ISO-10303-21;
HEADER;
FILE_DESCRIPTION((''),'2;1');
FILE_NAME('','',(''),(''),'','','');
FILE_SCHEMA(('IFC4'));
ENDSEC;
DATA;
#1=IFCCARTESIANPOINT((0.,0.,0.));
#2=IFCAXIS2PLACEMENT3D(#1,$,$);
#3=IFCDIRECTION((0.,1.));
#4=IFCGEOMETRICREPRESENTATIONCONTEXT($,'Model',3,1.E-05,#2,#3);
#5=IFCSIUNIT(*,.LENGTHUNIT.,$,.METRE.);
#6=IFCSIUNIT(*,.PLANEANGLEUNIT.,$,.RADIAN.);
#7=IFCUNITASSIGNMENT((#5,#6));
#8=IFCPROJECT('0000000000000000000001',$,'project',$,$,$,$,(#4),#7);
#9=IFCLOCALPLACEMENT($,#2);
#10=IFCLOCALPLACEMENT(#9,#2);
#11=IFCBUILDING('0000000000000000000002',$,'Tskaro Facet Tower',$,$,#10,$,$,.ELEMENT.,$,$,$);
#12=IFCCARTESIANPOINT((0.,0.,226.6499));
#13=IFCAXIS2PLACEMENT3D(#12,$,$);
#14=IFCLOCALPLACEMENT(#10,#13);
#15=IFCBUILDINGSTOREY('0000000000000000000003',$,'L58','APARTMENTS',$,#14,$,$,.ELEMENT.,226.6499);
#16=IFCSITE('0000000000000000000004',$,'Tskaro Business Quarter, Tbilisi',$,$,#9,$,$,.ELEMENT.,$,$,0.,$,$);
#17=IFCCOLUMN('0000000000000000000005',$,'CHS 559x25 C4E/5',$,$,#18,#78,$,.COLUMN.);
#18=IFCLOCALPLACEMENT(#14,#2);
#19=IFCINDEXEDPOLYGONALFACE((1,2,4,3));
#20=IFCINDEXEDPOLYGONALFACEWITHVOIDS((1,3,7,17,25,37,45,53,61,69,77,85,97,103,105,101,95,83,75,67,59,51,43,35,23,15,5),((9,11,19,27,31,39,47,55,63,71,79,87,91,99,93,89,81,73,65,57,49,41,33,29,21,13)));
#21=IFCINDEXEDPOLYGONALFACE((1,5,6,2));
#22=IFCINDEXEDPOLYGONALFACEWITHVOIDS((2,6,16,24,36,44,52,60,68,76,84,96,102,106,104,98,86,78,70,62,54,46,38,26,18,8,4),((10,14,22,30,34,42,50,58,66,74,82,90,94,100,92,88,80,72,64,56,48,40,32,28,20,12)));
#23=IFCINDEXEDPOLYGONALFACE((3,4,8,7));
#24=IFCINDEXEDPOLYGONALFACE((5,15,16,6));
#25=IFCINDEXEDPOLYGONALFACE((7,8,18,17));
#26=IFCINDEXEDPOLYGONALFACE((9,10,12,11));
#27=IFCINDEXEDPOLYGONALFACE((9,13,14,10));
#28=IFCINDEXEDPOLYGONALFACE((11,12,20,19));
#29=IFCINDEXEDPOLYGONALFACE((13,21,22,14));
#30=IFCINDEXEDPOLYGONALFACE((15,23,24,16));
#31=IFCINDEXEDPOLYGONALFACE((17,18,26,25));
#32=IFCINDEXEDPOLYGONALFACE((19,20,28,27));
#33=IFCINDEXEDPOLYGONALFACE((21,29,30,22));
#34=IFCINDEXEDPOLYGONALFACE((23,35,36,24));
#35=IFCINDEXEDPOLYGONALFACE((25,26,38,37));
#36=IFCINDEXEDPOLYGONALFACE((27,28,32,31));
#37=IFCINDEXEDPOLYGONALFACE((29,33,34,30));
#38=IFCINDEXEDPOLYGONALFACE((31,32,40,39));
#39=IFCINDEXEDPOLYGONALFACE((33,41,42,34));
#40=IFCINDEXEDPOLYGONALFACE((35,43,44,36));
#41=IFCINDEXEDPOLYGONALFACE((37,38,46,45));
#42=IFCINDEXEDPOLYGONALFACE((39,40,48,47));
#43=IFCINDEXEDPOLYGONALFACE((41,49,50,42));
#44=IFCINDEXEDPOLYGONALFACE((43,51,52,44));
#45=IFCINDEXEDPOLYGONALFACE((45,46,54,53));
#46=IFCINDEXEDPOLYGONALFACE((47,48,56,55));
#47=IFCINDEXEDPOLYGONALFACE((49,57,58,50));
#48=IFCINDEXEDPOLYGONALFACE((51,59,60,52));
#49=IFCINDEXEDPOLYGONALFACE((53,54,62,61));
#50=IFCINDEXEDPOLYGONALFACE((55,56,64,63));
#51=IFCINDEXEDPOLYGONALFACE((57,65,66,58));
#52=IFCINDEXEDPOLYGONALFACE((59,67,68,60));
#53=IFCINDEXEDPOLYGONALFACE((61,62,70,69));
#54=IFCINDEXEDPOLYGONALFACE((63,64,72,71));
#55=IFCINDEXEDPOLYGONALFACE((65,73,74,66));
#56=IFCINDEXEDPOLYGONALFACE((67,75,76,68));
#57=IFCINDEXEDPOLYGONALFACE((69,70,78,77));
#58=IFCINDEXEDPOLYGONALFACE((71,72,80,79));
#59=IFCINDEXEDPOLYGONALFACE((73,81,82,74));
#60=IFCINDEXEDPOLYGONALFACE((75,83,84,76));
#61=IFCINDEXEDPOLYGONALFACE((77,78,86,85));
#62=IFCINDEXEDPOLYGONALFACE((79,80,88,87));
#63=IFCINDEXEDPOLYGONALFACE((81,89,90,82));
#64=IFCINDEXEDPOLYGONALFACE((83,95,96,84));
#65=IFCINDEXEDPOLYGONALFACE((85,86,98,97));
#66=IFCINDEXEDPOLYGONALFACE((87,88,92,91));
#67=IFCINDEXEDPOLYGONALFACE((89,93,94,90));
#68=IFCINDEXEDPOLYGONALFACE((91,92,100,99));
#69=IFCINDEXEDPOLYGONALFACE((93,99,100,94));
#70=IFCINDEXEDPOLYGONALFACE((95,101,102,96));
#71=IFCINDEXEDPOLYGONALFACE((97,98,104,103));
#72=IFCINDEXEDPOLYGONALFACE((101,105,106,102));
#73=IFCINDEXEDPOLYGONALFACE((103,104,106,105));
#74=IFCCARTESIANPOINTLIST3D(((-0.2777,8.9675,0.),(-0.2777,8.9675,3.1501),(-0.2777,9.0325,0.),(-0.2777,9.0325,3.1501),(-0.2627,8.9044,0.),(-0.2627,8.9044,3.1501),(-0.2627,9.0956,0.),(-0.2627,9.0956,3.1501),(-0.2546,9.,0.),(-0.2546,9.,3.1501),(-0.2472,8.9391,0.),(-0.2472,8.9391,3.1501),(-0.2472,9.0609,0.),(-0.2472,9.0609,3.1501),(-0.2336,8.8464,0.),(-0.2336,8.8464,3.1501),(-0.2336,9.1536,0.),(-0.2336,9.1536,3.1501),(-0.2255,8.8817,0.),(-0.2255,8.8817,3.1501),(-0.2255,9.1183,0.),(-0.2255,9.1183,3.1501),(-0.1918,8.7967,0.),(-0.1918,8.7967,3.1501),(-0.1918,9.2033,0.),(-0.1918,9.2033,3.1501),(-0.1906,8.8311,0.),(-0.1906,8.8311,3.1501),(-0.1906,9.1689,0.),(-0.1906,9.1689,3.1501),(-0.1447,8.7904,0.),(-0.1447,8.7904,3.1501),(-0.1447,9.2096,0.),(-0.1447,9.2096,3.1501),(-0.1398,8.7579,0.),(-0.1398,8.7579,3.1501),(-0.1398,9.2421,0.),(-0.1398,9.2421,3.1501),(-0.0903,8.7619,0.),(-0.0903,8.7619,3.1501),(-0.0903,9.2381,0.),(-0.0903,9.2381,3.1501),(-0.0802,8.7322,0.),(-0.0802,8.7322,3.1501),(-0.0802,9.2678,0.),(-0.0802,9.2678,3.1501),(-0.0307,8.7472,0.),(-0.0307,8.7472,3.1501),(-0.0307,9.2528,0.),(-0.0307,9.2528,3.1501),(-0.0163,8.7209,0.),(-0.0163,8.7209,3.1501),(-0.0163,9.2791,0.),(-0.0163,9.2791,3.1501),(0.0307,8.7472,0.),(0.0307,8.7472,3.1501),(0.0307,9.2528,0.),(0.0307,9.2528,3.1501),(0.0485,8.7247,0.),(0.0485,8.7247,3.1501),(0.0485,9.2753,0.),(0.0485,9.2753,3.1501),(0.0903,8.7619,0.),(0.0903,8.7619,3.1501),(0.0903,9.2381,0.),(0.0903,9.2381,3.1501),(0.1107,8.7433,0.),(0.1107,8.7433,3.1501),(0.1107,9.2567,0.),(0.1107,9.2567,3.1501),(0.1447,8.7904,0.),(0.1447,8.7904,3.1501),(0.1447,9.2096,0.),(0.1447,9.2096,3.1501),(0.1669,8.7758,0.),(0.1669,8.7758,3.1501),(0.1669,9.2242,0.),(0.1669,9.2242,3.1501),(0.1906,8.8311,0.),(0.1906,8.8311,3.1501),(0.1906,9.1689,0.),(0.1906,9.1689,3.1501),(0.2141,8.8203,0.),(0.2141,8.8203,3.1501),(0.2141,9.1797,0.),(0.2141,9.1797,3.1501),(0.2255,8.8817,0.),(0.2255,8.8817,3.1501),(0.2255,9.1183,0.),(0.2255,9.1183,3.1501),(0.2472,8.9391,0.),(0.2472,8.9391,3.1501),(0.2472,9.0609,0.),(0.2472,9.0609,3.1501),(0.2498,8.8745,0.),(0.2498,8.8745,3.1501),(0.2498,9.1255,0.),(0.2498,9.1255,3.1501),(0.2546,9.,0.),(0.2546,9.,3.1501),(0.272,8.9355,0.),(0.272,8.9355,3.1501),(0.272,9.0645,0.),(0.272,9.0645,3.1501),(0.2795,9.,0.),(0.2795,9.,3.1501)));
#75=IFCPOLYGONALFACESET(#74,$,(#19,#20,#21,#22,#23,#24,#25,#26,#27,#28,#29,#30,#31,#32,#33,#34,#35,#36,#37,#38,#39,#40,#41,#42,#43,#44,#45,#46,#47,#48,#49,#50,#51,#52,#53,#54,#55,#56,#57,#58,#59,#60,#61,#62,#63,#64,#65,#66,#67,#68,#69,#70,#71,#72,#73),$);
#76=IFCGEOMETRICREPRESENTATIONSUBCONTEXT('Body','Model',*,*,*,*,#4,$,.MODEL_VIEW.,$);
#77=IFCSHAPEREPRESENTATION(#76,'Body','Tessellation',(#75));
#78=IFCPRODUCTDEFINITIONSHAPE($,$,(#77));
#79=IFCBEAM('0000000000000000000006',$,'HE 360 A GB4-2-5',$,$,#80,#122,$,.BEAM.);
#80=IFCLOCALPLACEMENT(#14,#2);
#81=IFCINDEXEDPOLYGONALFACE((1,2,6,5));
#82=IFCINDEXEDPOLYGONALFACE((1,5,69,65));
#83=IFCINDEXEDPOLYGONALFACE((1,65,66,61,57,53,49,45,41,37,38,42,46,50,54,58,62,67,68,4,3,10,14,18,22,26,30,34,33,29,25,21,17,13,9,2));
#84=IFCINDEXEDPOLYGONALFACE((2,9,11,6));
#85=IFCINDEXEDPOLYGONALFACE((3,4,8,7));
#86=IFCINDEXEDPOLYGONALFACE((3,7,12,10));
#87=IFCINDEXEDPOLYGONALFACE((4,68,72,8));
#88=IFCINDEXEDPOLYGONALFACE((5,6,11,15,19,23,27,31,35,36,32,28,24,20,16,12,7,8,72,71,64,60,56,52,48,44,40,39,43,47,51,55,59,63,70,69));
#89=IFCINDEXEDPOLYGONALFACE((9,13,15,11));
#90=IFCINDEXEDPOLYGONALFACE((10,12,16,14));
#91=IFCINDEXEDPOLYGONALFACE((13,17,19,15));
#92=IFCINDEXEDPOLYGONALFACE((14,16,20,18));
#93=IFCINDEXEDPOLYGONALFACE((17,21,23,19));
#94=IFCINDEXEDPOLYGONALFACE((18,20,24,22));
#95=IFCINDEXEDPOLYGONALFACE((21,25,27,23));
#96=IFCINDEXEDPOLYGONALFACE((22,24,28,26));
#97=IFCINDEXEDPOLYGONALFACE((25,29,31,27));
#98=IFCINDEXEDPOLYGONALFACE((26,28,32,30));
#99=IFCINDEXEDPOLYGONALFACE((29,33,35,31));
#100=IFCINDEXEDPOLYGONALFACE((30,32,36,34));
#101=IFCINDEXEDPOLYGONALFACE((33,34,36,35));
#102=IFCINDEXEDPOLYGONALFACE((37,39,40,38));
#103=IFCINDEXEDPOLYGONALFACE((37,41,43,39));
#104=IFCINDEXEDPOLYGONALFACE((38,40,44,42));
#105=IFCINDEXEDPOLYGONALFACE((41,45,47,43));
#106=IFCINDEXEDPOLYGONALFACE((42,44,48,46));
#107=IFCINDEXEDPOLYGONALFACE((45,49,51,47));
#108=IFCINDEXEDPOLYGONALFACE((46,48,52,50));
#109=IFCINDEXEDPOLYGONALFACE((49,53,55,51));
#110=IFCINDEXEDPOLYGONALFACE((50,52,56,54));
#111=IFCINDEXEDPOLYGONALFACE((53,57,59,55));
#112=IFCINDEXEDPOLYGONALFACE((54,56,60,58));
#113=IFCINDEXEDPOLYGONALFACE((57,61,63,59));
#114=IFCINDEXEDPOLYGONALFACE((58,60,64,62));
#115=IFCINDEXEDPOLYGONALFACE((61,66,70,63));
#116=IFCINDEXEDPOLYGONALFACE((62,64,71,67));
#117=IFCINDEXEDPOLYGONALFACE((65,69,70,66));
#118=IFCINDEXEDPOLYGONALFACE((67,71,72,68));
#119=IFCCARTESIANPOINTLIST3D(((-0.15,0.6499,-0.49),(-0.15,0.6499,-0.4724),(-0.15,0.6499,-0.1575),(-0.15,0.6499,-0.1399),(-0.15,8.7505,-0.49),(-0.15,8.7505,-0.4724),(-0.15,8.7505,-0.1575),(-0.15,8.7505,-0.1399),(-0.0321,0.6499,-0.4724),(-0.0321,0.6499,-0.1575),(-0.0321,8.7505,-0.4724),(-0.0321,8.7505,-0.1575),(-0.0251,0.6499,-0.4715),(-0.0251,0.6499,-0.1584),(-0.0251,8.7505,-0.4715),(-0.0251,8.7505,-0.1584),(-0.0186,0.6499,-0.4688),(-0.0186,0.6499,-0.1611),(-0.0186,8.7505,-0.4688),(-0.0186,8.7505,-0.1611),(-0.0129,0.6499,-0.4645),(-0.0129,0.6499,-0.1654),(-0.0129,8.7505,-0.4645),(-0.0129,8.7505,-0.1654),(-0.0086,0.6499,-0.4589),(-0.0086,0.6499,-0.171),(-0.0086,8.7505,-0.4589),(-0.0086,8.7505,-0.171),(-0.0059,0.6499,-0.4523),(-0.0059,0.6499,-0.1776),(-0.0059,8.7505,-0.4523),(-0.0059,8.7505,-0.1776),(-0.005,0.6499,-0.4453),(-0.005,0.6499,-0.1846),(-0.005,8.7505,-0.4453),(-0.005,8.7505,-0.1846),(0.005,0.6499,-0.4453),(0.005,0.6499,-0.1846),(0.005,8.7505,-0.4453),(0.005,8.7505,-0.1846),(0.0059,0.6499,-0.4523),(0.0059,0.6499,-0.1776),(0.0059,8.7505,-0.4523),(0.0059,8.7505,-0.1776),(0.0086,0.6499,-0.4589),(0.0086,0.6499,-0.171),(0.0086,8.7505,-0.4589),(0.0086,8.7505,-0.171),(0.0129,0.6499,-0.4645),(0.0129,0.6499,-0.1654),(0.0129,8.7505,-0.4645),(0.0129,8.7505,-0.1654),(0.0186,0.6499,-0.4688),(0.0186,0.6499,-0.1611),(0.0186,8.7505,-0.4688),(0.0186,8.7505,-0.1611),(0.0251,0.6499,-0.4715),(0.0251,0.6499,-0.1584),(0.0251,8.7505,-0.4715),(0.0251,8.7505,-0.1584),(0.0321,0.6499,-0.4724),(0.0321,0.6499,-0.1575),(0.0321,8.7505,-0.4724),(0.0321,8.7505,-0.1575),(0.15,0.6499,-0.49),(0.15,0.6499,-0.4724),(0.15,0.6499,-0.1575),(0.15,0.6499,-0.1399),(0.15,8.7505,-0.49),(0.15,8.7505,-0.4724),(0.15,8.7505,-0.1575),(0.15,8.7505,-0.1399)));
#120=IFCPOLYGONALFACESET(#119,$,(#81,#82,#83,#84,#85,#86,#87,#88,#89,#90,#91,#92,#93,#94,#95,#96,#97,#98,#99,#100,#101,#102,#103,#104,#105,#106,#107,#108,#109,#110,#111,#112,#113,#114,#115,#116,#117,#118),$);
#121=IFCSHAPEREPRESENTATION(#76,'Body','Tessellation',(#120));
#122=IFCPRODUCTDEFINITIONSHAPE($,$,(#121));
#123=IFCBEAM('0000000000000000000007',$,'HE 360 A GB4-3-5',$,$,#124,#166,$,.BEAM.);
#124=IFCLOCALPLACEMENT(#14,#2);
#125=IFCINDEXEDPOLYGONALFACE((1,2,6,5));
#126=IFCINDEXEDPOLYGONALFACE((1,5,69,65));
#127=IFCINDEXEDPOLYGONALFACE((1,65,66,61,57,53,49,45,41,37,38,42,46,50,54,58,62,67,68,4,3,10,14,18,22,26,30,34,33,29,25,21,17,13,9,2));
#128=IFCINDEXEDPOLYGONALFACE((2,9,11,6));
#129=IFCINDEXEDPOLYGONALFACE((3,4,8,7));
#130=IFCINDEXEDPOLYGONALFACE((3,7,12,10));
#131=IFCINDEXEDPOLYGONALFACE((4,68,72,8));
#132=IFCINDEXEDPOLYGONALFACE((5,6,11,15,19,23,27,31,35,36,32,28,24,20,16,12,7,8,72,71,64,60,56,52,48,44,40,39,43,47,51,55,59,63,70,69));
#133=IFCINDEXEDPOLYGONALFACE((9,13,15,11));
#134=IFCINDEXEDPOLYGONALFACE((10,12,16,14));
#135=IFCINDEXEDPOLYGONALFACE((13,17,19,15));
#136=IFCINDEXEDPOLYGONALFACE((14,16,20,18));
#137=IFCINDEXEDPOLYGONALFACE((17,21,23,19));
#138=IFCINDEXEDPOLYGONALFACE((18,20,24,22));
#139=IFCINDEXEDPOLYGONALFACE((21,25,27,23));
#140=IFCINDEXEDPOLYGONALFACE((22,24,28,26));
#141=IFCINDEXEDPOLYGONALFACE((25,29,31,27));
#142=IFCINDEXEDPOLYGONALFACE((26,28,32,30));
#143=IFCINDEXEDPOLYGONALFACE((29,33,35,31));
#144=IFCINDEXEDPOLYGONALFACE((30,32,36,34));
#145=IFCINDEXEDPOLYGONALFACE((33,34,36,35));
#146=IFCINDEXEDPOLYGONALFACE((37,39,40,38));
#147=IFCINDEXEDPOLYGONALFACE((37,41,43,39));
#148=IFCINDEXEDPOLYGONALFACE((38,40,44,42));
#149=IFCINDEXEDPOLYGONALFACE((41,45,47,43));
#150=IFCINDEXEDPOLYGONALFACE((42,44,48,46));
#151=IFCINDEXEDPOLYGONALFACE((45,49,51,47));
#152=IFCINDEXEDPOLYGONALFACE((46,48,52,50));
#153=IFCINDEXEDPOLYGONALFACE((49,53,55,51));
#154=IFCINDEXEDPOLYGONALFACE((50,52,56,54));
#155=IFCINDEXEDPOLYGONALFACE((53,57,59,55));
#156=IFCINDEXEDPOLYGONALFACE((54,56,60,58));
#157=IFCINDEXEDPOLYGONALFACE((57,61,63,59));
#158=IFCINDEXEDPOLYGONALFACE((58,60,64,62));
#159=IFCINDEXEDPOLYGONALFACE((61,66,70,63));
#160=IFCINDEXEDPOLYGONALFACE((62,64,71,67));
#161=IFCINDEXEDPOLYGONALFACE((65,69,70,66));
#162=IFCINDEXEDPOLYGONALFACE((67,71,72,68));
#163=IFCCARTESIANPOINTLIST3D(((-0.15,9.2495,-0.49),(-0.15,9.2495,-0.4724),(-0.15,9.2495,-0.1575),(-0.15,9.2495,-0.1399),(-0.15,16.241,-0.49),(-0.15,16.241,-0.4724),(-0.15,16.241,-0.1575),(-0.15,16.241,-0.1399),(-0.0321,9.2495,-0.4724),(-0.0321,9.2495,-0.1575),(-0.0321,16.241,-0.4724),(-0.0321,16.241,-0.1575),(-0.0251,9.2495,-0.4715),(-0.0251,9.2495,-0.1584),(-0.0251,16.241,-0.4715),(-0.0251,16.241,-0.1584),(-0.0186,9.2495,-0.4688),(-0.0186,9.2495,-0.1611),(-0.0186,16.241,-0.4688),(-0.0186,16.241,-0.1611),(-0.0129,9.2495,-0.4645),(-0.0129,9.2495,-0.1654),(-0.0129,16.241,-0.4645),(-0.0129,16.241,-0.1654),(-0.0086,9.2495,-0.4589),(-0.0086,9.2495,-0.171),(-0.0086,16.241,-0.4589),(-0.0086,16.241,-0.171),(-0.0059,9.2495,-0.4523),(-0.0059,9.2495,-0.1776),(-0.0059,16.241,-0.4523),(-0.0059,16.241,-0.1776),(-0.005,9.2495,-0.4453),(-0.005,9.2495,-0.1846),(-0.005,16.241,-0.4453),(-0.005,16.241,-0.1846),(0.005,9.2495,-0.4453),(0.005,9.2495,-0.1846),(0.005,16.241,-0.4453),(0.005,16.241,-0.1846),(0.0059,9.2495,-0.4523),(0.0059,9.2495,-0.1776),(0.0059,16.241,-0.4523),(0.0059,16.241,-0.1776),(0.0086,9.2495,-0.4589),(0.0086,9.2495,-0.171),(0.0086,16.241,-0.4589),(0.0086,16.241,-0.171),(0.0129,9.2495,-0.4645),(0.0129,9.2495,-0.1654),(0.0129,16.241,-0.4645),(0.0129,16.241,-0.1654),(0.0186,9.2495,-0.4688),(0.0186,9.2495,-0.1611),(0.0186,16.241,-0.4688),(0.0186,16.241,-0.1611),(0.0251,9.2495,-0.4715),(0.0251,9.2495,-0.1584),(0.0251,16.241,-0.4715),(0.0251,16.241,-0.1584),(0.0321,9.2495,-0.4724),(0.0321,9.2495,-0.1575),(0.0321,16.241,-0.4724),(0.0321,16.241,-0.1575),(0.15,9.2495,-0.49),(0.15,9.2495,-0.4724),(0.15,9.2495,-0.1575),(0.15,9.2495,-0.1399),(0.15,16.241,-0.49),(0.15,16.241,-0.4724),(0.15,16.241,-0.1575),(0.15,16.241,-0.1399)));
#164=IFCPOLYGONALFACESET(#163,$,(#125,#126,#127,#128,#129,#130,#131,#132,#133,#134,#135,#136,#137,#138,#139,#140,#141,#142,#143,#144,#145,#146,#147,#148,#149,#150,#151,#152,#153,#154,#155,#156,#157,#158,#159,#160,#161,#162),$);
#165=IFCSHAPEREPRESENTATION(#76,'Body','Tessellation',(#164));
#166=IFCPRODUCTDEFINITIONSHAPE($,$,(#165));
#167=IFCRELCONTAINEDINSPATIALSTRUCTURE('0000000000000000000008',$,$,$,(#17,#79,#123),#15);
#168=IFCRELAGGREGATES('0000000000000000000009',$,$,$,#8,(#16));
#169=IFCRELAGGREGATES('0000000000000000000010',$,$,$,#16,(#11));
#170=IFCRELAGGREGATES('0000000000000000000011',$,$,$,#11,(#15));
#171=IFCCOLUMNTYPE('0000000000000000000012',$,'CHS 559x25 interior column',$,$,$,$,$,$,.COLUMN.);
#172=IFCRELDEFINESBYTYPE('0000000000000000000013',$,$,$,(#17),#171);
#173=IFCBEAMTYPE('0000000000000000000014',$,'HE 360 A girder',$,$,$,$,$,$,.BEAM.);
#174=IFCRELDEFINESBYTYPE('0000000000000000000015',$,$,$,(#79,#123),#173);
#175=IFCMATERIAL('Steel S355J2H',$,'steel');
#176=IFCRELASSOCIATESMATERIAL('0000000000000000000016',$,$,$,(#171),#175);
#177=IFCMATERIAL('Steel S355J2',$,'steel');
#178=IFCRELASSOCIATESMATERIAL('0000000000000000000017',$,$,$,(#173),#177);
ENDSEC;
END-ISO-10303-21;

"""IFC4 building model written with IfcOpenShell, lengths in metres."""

from ifc_helpers import new_model, si_unit, direction, frame, origin, origin_2d, place, context, subcontext, project, spatial, hollow_circle, i_section, extrude, material, material_profile, profile_set, type_object, element, save


model = new_model("IFC4")

# Units and contexts
model_context = context("Model", 3, precision=1e-05, world=origin(), true_north=direction((0.0, 1.0)))
body_context = subcontext(model_context, "Body", "Model", "MODEL_VIEW")
ifc_project = project(units=[si_unit("LENGTHUNIT", "METRE"), si_unit("PLANEANGLEUNIT", "RADIAN")], contexts=[model_context])

# Site, building, storey
site_placement = place(None, origin())
site = spatial("IfcSite", under=ifc_project, at=site_placement, Name="Tskaro Business Quarter, Tbilisi", CompositionType="ELEMENT", RefElevation=0.0)
building_placement = place(site_placement, origin())
building = spatial("IfcBuilding", under=site, at=building_placement, Name="Tskaro Facet Tower", CompositionType="ELEMENT")
storey_placement = place(building_placement, frame((0.0, 0.0, 226.6499)))
storey = spatial("IfcBuildingStorey", under=building, at=storey_placement, Name="L58", Description="APARTMENTS", CompositionType="ELEMENT", Elevation=226.6499)

# Column
ifc_material_1 = material(Name="Steel S355J2H", Category="steel")
ifc_material_profile_1 = material_profile(ifc_material_1, hollow_circle(Radius=0.2795, WallThickness=0.0249, at=origin_2d()), Name="CHS 559x25")
ifc_profile_set_1 = profile_set([ifc_material_profile_1], Name="Steel S355J2H")
column_type = type_object("IfcColumnType", Name="CHS 559x25 interior column", PredefinedType="COLUMN", material=ifc_profile_set_1)
column_placement = place(storey_placement, frame((0.0, 9.0, 0.0), z_axis=(0.0, 0.0, 1.0), x_axis=(1.0, 0.0, 0.0)))
element("IfcColumn", 1, at=column_placement, inside=storey, type_object=column_type, Name="CHS 559x25 C4E/5", PredefinedType="COLUMN", context=body_context, shape_type="SweptSolid", body=[
    extrude(hollow_circle(Radius=0.2795, WallThickness=0.0249, at=origin_2d()), origin(), (0.0, 0.0, 1.0), 3.1501),
])

# Beams
ifc_material_2 = material(Name="Steel S355J2", Category="steel")
ifc_material_profile_2 = material_profile(ifc_material_2, i_section(OverallWidth=0.3, OverallDepth=0.3501, WebThickness=0.01, FlangeThickness=0.0176, FilletRadius=0.0271, at=origin_2d()), Name="HE 360 A")
ifc_profile_set_2 = profile_set([ifc_material_profile_2], Name="Steel S355J2")
beam_type_1 = type_object("IfcBeamType", Name="HE 360 A girder", PredefinedType="BEAM", material=ifc_profile_set_2)
beam_1_placement = place(storey_placement, frame((0.0, 0.6499, -0.3149), z_axis=(0.0, 1.0, 0.0), x_axis=(-1.0, 0.0, 0.0)))
element("IfcBeam", 2, at=beam_1_placement, inside=storey, type_object=beam_type_1, Name="HE 360 A GB4-2-5", PredefinedType="BEAM", context=body_context, shape_type="SweptSolid", body=[
    extrude(i_section(OverallWidth=0.3, OverallDepth=0.3501, WebThickness=0.01, FlangeThickness=0.0176, FilletRadius=0.0271, at=origin_2d()), origin(), (0.0, 0.0, 1.0), 8.1006),
])
beam_2_placement = place(storey_placement, frame((0.0, 9.2495, -0.3149), z_axis=(0.0, 1.0, 0.0), x_axis=(-1.0, 0.0, 0.0)))
element("IfcBeam", 3, at=beam_2_placement, inside=storey, type_object=beam_type_1, Name="HE 360 A GB4-3-5", PredefinedType="BEAM", context=body_context, shape_type="SweptSolid", body=[
    extrude(i_section(OverallWidth=0.3, OverallDepth=0.3501, WebThickness=0.01, FlangeThickness=0.0176, FilletRadius=0.0271, at=origin_2d()), origin(), (0.0, 0.0, 1.0), 6.9915),
])

save(model, "model.ifc")
